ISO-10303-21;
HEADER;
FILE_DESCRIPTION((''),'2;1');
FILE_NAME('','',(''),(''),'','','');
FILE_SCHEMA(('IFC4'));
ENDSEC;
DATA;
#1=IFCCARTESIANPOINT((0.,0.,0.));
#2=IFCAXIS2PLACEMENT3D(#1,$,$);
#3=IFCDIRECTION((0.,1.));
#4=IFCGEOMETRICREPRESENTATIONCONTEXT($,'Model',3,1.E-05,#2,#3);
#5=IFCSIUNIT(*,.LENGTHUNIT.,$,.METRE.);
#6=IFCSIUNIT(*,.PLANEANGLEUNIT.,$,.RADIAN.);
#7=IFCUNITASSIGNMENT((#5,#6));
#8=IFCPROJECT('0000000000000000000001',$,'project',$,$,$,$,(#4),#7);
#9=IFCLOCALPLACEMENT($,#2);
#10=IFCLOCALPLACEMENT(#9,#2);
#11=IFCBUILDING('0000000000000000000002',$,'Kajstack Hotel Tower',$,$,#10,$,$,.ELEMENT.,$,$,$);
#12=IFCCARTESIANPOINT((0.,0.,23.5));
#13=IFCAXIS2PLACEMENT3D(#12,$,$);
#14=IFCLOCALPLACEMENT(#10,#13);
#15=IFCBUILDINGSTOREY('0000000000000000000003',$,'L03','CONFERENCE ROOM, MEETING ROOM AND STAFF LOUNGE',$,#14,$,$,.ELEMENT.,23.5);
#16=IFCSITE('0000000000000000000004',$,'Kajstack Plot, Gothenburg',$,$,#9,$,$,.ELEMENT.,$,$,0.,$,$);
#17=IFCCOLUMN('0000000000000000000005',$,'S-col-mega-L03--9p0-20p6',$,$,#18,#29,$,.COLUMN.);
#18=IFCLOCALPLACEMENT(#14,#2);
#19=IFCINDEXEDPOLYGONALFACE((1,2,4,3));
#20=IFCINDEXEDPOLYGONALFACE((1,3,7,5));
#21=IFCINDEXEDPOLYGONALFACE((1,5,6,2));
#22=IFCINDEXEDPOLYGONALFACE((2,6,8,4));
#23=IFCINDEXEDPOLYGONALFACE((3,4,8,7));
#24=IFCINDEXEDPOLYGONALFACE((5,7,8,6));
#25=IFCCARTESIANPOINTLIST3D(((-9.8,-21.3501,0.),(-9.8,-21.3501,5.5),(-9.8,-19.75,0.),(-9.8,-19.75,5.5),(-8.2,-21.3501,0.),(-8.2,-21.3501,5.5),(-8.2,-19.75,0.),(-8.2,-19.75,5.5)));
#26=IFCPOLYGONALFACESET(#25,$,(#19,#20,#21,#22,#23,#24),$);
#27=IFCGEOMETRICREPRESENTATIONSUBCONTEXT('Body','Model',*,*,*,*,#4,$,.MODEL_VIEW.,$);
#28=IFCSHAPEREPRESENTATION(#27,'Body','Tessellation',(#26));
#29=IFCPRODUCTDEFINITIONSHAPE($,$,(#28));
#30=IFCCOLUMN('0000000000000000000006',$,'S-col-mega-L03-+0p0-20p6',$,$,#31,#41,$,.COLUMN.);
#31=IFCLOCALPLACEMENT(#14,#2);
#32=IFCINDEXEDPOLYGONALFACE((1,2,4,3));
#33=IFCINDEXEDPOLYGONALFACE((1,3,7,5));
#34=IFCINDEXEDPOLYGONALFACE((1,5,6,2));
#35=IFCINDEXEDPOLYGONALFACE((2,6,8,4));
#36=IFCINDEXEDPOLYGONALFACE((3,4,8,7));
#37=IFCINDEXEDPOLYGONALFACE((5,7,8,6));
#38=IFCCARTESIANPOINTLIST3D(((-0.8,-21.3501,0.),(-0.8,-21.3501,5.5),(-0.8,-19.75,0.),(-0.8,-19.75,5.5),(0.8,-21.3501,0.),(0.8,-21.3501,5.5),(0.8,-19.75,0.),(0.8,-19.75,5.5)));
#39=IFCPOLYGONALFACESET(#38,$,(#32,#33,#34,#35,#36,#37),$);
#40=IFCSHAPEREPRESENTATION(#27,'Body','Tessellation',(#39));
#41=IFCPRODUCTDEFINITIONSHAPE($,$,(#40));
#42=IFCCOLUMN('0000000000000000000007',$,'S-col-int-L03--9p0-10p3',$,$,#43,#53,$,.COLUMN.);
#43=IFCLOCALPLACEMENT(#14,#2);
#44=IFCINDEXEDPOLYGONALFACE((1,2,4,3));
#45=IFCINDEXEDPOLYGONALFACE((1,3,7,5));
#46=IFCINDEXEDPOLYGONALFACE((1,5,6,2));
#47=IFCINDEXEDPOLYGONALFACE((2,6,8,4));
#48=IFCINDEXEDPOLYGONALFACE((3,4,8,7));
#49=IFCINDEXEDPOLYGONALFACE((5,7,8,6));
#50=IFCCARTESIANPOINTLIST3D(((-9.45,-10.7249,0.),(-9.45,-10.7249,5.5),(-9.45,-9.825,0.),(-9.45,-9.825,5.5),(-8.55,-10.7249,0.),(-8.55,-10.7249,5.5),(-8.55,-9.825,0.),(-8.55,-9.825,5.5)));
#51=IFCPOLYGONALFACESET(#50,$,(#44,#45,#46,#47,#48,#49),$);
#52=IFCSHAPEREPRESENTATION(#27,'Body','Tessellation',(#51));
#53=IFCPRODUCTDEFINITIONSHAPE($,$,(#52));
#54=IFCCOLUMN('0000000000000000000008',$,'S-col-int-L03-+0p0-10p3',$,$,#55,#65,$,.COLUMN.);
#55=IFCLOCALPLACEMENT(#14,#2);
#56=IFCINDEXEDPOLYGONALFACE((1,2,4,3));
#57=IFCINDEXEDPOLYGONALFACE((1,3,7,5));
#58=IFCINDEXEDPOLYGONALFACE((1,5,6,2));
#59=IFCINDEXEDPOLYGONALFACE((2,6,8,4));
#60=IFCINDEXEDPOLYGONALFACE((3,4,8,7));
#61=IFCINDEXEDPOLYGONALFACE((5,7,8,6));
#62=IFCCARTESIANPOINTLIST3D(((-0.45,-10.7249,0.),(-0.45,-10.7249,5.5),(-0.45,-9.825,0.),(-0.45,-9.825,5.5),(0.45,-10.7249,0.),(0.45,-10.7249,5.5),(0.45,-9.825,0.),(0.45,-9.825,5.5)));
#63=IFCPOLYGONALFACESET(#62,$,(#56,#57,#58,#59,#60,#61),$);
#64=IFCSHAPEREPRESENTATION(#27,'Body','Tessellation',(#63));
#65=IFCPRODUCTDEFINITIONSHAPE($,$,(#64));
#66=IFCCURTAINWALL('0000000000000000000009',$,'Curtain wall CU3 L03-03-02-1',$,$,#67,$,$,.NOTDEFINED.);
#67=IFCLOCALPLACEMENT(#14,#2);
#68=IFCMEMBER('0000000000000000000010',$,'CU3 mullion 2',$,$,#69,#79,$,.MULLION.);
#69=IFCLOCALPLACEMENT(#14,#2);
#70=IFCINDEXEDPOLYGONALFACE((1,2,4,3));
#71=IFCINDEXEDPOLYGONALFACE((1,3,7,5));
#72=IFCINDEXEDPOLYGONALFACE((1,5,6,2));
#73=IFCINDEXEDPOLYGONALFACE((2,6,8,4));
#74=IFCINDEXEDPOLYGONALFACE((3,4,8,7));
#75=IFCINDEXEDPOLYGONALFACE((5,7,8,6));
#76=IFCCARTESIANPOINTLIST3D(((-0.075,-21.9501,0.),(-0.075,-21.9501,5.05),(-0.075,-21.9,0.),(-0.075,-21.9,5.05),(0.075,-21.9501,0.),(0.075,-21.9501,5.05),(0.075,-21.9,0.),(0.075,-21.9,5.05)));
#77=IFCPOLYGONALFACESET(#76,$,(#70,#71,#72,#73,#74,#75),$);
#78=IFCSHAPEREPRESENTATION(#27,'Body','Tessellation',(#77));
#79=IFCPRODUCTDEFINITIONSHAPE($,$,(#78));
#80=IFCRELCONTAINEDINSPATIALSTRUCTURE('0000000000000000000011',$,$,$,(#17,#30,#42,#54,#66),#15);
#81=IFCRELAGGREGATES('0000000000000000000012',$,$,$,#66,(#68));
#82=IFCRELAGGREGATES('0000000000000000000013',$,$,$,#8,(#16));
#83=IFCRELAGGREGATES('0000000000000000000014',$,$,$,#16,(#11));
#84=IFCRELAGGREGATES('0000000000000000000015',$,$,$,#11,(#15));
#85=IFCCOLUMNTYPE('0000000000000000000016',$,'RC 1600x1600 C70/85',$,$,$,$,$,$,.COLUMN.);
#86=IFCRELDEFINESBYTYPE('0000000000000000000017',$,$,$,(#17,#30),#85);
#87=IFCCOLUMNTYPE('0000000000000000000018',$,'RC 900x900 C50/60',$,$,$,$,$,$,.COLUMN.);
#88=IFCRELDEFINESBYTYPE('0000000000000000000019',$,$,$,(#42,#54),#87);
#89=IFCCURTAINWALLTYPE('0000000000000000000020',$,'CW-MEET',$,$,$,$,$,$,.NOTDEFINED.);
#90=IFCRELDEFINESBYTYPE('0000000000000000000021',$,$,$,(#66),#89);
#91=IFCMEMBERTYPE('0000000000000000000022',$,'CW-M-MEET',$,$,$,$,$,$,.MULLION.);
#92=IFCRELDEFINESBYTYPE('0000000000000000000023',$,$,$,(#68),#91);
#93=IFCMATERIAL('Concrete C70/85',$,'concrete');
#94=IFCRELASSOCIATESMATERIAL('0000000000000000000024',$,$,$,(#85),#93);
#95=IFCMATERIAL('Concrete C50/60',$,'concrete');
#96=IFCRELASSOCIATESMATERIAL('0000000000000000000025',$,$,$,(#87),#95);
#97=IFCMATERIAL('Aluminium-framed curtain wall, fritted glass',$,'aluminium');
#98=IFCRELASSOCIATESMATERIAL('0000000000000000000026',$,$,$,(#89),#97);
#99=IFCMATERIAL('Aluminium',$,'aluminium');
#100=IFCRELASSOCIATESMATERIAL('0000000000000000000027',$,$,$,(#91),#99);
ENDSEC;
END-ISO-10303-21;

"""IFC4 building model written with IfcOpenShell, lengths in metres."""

from ifc_helpers import new_model, si_unit, direction, frame, origin, origin_2d, place, context, subcontext, project, spatial, rectangle, extrude, material, material_profile, profile_set, type_object, element, aggregate, save


model = new_model("IFC4")

# Units and contexts
model_context = context("Model", 3, precision=1e-05, world=origin(), true_north=direction((0.0, 1.0)))
body_context = subcontext(model_context, "Body", "Model", "MODEL_VIEW")
ifc_project = project(units=[si_unit("LENGTHUNIT", "METRE"), si_unit("PLANEANGLEUNIT", "RADIAN")], contexts=[model_context])

# Site, building, storey
site_placement = place(None, origin())
site = spatial("IfcSite", under=ifc_project, at=site_placement, Name="Kajstack Plot, Gothenburg", CompositionType="ELEMENT", RefElevation=0.0)
building_placement = place(site_placement, origin())
building = spatial("IfcBuilding", under=site, at=building_placement, Name="Kajstack Hotel Tower", CompositionType="ELEMENT")
storey_placement = place(building_placement, frame((0.0, 0.0, 23.5)))
storey = spatial("IfcBuildingStorey", under=building, at=storey_placement, Name="L03", Description="CONFERENCE ROOM, MEETING ROOM AND STAFF LOUNGE", CompositionType="ELEMENT", Elevation=23.5)

# Columns
ifc_material_1 = material(Name="Concrete C70/85", Category="concrete")
ifc_material_profile_1 = material_profile(ifc_material_1, rectangle(XDim=1.6001, YDim=1.6001, at=origin_2d()), Name="RC 1600x1600")
ifc_profile_set_1 = profile_set([ifc_material_profile_1], Name="Concrete C70/85")
column_type_1 = type_object("IfcColumnType", Name="RC 1600x1600 C70/85", PredefinedType="COLUMN", material=ifc_profile_set_1)
for number, where, z_axis, x_axis, name in (
    (1, (-9.0, -20.55, 0.0), (0.0, 0.0, 1.0), (1.0, 0.0, 0.0), "S-col-mega-L03--9p0-20p6"),
    (2, (0.0, -20.55, 0.0), (0.0, 0.0, 1.0), (1.0, 0.0, 0.0), "S-col-mega-L03-+0p0-20p6"),
):
    element("IfcColumn", number, at=place(storey_placement, frame(where, z_axis=z_axis, x_axis=x_axis)), inside=storey, type_object=column_type_1, Name=name, PredefinedType="COLUMN", context=body_context, shape_type="SweptSolid", body=[
        extrude(rectangle(XDim=1.6001, YDim=1.6001, at=origin_2d()), origin(), (0.0, 0.0, 1.0), 5.5),
    ])
ifc_material_2 = material(Name="Concrete C50/60", Category="concrete")
ifc_material_profile_2 = material_profile(ifc_material_2, rectangle(XDim=0.8999, YDim=0.8999, at=origin_2d()), Name="RC 900x900")
ifc_profile_set_2 = profile_set([ifc_material_profile_2], Name="Concrete C50/60")
column_type_2 = type_object("IfcColumnType", Name="RC 900x900 C50/60", PredefinedType="COLUMN", material=ifc_profile_set_2)
for number, where, z_axis, x_axis, name in (
    (3, (-9.0, -10.2749, 0.0), (0.0, 0.0, 1.0), (1.0, 0.0, 0.0), "S-col-int-L03--9p0-10p3"),
    (4, (0.0, -10.2749, 0.0), (0.0, 0.0, 1.0), (1.0, 0.0, 0.0), "S-col-int-L03-+0p0-10p3"),
):
    element("IfcColumn", number, at=place(storey_placement, frame(where, z_axis=z_axis, x_axis=x_axis)), inside=storey, type_object=column_type_2, Name=name, PredefinedType="COLUMN", context=body_context, shape_type="SweptSolid", body=[
        extrude(rectangle(XDim=0.8999, YDim=0.8999, at=origin_2d()), origin(), (0.0, 0.0, 1.0), 5.5),
    ])

# Curtain wall, member
ifc_material_3 = material(Name="Aluminium-framed curtain wall, fritted glass", Category="aluminium")
curtain_wall_type = type_object("IfcCurtainWallType", Name="CW-MEET", PredefinedType="NOTDEFINED", material=ifc_material_3)
curtain_wall_placement = place(storey_placement, origin())
curtain_wall = element("IfcCurtainWall", 5, at=curtain_wall_placement, inside=storey, type_object=curtain_wall_type, Name="Curtain wall CU3 L03-03-02-1", PredefinedType="NOTDEFINED")
ifc_material_4 = material(Name="Aluminium", Category="aluminium")
ifc_material_profile_3 = material_profile(ifc_material_4, rectangle(XDim=0.05, YDim=0.1499, at=origin_2d()), Name="Aluminium mullion 50 x 150")
ifc_profile_set_3 = profile_set([ifc_material_profile_3], Name="Aluminium")
member_type = type_object("IfcMemberType", Name="CW-M-MEET", PredefinedType="MULLION", material=ifc_profile_set_3)
member_placement = place(storey_placement, frame((0.0, -21.925, 0.0), z_axis=(0.0, 0.0, 1.0), x_axis=(0.0, 1.0, 0.0)))
member = element("IfcMember", 6, at=member_placement, type_object=member_type, Name="CU3 mullion 2", PredefinedType="MULLION", context=body_context, shape_type="SweptSolid", body=[
    extrude(rectangle(XDim=0.05, YDim=0.1499, at=origin_2d()), origin(), (0.0, 0.0, 1.0), 5.05),
])
aggregate(curtain_wall, [member])

save(model, "model.ifc")
